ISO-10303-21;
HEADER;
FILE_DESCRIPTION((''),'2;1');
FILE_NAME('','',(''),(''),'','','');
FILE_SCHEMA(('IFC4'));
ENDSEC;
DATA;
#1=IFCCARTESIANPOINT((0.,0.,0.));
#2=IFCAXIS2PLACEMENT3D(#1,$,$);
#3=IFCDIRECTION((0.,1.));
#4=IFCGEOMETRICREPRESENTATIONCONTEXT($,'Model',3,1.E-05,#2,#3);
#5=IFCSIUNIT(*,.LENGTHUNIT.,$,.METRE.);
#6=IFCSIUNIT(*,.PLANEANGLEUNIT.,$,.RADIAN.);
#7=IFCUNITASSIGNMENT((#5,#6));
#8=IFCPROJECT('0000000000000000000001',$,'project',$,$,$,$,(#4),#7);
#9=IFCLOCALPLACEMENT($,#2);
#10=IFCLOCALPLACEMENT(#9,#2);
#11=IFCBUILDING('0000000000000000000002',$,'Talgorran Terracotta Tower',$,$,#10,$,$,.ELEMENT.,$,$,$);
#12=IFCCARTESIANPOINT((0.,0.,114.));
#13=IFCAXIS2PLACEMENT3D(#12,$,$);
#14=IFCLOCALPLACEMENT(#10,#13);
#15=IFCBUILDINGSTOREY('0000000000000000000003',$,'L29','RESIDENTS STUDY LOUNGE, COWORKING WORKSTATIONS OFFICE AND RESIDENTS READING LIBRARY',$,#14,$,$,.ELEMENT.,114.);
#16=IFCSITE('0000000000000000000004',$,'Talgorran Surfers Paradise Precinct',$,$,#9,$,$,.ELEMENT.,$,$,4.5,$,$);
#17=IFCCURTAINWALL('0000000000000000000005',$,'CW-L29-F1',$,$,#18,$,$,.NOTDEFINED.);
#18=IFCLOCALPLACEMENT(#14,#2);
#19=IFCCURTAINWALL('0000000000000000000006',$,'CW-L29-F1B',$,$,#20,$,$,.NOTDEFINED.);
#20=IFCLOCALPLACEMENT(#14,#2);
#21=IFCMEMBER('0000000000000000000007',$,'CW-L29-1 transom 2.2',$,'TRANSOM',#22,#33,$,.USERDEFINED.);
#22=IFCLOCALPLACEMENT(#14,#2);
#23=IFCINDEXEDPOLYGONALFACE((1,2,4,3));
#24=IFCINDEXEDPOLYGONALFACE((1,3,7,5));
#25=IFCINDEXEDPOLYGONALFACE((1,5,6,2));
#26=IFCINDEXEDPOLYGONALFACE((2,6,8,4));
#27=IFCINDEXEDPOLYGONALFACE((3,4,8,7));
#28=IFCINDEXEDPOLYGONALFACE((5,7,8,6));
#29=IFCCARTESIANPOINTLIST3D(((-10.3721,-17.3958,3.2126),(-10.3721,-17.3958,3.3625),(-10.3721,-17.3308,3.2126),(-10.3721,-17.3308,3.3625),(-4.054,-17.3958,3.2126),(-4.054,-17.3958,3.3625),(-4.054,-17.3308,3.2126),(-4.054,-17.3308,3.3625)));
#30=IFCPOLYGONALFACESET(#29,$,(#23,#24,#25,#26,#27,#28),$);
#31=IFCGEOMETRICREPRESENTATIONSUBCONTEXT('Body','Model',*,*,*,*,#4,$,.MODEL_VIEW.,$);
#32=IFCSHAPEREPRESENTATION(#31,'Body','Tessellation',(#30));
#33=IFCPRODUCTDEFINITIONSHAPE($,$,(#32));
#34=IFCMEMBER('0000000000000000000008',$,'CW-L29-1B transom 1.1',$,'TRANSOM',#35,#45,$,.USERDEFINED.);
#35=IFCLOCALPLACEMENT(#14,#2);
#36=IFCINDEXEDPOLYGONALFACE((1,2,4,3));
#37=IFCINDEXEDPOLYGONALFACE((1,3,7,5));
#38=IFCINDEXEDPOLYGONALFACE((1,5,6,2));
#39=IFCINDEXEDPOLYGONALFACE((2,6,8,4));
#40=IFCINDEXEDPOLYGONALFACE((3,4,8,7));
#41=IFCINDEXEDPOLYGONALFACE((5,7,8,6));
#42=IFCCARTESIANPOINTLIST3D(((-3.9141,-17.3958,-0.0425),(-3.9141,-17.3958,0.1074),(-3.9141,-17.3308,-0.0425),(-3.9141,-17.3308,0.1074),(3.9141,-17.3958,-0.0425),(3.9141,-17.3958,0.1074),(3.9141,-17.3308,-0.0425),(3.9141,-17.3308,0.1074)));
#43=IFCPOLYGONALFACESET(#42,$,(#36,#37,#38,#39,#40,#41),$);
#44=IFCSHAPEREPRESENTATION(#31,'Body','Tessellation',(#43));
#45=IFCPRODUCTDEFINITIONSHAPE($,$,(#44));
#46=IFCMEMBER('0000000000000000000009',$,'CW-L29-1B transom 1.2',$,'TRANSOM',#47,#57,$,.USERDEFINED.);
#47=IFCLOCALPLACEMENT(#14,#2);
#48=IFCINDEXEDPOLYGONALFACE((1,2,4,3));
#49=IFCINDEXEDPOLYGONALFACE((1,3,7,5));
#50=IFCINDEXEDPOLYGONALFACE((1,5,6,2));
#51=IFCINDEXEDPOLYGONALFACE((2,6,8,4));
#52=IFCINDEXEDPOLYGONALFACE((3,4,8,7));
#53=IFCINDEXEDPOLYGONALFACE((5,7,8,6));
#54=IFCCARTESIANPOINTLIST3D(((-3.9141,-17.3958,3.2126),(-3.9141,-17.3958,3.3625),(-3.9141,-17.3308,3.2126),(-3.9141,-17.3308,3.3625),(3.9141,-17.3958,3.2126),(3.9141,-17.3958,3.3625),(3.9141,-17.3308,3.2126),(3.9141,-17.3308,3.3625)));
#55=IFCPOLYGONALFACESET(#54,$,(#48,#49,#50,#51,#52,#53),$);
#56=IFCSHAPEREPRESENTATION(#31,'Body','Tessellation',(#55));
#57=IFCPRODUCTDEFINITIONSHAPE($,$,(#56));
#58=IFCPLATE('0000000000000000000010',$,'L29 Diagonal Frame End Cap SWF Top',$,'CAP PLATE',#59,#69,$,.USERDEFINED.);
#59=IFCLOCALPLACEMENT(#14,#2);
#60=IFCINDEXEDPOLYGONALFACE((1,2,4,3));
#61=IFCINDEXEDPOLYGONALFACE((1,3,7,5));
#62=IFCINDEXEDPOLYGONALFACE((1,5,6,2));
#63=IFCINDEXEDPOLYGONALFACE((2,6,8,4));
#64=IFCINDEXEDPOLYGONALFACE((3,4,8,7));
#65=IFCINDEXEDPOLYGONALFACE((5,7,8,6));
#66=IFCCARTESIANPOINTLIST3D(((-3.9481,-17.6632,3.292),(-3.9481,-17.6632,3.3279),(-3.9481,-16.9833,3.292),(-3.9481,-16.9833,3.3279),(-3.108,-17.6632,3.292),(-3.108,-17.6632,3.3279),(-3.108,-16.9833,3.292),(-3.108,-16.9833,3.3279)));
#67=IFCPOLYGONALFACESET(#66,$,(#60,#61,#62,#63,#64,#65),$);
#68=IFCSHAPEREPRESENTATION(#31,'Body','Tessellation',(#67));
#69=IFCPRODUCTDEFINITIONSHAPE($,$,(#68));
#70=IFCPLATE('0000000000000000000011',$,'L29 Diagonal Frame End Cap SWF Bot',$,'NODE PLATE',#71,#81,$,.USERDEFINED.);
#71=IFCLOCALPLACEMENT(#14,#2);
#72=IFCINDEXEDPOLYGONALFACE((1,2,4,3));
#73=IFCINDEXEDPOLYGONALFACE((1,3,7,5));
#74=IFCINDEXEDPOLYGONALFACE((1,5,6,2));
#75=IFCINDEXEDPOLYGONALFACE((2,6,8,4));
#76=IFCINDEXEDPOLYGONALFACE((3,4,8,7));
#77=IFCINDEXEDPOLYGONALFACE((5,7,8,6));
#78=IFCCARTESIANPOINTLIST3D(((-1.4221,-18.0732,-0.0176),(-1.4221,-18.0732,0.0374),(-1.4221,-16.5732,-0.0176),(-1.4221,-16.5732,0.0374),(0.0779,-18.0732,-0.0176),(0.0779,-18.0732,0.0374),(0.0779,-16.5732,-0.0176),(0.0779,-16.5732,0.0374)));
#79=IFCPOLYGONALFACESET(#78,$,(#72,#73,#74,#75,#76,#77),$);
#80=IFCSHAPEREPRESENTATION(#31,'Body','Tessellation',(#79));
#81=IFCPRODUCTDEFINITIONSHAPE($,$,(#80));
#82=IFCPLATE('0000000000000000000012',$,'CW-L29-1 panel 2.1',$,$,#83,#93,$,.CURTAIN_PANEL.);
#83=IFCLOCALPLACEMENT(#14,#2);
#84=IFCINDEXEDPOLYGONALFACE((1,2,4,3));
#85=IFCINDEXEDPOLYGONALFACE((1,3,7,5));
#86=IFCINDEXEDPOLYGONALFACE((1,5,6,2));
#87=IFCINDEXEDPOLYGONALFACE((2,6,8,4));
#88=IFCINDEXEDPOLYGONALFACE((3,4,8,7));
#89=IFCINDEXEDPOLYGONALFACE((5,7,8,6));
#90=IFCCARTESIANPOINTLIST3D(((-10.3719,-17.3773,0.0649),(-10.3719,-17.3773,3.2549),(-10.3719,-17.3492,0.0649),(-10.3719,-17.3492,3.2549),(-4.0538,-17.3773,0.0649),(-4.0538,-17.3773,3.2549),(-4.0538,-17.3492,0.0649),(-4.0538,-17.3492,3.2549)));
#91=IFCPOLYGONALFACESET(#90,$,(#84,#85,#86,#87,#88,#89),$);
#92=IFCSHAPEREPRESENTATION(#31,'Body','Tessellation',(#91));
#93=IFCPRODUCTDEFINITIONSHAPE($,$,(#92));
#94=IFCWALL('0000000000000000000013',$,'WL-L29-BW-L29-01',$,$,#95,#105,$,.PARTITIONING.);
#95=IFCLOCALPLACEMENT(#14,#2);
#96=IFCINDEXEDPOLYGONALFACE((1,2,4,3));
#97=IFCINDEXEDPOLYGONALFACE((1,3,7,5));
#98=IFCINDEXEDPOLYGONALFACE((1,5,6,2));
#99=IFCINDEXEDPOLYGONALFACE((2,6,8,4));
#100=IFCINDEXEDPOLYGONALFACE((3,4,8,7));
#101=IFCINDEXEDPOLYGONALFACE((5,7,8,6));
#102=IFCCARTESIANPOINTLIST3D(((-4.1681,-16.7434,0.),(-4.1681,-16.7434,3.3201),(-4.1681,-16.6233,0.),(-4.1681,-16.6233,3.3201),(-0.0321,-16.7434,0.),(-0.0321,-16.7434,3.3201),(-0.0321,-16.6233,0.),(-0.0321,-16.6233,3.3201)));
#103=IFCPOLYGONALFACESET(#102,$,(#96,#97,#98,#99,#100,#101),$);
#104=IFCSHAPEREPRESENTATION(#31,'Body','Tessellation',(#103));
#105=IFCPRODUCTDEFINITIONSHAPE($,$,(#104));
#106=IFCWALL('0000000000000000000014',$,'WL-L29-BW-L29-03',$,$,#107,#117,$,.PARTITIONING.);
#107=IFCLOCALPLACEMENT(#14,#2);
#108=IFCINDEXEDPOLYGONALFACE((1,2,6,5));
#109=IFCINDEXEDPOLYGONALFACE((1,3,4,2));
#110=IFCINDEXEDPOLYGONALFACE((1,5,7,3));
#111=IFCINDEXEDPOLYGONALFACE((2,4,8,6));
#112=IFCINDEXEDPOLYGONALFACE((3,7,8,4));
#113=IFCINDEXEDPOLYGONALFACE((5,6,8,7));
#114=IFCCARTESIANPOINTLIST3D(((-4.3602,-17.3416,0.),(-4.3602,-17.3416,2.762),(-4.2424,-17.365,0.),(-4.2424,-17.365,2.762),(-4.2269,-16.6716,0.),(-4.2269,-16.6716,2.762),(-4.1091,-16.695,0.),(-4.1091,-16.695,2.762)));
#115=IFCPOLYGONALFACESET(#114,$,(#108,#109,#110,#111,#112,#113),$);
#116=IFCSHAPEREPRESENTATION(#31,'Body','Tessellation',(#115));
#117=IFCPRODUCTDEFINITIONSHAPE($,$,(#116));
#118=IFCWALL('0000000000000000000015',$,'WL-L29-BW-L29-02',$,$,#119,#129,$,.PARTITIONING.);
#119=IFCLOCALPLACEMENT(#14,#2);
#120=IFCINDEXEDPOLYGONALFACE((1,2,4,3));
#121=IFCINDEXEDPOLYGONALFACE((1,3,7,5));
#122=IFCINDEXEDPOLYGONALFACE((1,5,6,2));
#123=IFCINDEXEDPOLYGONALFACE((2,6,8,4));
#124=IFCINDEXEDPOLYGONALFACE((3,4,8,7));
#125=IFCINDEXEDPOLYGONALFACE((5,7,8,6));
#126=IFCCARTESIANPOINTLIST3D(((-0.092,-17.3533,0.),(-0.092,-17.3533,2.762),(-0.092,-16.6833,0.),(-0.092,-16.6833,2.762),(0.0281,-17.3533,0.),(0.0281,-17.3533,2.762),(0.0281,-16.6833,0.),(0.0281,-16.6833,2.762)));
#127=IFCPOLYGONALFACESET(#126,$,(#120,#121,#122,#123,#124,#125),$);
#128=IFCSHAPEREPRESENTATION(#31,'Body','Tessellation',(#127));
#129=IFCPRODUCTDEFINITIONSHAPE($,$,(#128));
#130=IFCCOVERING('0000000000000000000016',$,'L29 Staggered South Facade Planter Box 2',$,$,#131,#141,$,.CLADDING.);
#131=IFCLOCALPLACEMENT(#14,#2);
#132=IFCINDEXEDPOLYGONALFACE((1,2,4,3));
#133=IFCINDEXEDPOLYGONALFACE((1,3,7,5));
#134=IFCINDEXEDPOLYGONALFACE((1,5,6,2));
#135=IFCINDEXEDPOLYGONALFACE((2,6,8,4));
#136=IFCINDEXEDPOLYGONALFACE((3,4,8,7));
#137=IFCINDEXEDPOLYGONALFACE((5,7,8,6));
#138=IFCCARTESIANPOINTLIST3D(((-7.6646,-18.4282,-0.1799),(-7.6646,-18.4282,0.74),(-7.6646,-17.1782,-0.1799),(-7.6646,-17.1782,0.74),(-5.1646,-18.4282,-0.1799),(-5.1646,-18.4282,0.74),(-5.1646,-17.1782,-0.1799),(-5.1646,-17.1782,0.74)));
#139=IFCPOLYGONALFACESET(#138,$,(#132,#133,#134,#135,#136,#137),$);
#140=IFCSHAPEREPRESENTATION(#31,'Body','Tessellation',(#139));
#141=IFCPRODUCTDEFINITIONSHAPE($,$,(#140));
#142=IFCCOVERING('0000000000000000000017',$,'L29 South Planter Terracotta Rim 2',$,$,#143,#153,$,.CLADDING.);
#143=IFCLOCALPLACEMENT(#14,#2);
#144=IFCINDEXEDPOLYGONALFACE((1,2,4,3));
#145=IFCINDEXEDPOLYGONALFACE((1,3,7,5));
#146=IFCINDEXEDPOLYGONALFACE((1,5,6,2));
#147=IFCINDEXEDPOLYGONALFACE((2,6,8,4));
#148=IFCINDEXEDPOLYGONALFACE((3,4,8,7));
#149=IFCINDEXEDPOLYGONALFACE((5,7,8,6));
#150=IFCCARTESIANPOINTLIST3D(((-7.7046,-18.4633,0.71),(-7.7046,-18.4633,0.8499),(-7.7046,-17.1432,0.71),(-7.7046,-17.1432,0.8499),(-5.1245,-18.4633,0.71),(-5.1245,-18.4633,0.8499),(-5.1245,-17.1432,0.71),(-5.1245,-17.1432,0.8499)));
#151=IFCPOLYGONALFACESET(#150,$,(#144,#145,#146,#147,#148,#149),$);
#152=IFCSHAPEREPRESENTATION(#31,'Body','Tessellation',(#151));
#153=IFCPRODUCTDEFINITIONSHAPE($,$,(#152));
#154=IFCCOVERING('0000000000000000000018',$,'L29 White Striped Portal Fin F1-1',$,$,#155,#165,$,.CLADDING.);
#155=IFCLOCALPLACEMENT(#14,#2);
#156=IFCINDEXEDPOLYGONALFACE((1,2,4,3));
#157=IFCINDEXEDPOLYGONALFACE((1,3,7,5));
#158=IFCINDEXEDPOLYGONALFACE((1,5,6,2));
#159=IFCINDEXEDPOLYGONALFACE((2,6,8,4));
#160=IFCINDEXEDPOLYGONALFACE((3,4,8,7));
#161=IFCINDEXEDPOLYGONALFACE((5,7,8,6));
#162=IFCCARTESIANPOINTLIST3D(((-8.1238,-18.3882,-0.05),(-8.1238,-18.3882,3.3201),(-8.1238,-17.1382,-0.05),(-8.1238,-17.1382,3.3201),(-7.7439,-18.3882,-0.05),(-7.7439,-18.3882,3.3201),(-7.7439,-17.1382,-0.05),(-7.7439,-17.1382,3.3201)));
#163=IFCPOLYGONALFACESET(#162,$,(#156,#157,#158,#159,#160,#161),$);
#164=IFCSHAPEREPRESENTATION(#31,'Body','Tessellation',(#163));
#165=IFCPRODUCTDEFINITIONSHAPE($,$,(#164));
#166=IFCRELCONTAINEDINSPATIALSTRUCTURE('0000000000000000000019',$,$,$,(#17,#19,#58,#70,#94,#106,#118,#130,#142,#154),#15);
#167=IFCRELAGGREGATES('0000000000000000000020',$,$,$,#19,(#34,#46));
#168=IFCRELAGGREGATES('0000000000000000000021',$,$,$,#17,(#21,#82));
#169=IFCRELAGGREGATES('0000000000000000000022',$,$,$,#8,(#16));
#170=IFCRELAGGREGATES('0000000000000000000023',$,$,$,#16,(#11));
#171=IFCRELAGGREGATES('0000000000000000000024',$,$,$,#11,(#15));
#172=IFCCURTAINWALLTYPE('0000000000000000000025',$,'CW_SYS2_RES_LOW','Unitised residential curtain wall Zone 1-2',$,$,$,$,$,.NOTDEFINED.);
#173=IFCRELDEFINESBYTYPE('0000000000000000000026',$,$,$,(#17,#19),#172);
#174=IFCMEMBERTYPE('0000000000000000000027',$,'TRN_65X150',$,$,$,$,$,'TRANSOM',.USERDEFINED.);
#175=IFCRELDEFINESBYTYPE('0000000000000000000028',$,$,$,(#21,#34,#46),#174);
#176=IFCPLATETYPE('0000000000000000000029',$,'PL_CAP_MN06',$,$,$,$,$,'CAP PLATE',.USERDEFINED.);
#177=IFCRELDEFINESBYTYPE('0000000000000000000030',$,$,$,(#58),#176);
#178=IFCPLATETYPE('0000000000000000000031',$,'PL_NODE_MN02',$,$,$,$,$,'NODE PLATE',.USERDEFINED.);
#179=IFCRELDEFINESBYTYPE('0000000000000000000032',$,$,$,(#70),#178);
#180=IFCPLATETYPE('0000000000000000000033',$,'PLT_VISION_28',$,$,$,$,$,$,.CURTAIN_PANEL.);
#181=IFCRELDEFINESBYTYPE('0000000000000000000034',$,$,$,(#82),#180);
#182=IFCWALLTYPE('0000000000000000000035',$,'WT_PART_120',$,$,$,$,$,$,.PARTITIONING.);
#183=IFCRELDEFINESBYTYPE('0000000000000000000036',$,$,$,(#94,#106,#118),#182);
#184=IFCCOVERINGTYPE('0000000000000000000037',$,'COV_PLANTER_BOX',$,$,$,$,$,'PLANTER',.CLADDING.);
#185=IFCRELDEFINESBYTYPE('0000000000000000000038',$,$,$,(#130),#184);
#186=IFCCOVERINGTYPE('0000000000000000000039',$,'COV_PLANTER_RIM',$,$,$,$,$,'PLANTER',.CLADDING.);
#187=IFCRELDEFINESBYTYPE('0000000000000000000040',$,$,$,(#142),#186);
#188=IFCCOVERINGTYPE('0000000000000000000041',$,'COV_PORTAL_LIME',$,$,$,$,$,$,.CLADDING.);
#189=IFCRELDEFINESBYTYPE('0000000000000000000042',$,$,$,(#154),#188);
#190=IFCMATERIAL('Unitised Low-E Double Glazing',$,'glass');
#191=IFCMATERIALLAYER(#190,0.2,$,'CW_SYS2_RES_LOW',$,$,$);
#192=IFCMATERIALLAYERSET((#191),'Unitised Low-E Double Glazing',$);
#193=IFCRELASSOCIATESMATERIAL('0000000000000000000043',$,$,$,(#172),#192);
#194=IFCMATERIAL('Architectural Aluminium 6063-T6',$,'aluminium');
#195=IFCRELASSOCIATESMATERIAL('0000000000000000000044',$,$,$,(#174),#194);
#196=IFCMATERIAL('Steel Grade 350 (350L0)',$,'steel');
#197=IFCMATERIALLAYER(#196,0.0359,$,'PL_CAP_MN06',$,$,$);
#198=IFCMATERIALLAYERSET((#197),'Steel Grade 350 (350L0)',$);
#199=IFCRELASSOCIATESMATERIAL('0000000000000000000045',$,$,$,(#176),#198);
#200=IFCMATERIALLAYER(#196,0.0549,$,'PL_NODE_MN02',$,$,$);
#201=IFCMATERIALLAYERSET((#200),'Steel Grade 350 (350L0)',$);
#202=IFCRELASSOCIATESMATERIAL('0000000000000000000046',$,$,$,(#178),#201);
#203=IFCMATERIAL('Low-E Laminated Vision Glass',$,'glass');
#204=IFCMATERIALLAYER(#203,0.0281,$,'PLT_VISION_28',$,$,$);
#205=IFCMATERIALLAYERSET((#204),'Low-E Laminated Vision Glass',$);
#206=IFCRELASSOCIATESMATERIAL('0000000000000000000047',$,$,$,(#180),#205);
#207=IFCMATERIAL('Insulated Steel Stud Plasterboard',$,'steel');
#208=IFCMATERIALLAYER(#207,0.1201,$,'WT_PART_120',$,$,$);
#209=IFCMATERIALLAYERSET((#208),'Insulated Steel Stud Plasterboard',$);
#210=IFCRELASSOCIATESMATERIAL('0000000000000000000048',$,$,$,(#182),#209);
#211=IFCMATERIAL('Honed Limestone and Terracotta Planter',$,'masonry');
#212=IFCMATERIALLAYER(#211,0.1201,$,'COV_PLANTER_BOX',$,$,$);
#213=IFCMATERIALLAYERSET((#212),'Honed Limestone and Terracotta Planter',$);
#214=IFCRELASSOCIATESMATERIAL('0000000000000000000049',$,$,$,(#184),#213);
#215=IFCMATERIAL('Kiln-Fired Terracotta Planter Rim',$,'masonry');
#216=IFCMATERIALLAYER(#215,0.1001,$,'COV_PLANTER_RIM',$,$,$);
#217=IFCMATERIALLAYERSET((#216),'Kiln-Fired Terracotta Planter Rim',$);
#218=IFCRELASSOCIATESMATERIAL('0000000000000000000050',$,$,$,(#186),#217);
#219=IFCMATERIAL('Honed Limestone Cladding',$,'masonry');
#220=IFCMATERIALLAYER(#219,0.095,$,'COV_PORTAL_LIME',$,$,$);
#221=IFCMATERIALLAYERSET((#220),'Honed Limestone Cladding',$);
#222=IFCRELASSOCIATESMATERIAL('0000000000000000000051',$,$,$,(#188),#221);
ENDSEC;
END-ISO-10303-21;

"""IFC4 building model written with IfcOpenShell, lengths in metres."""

from ifc_helpers import new_model, si_unit, direction, frame, frame_2d, origin, origin_2d, place, context, subcontext, project, spatial, rectangle, extrude, source, transform, mapped, material, layer, layer_set, material_profile, profile_set, type_object, type_shapes, element, aggregate, save


model = new_model("IFC4")

# Units and contexts
model_context = context("Model", 3, precision=1e-05, world=origin(), true_north=direction((0.0, 1.0)))
body_context = subcontext(model_context, "Body", "Model", "MODEL_VIEW")
ifc_project = project(units=[si_unit("LENGTHUNIT", "METRE"), si_unit("PLANEANGLEUNIT", "RADIAN")], contexts=[model_context])

# Site, building, storey
site_placement = place(None, origin())
site = spatial("IfcSite", under=ifc_project, at=site_placement, Name="Talgorran Surfers Paradise Precinct", CompositionType="ELEMENT", RefElevation=4.5)
building_placement = place(site_placement, origin())
building = spatial("IfcBuilding", under=site, at=building_placement, Name="Talgorran Terracotta Tower", CompositionType="ELEMENT")
storey_placement = place(building_placement, frame((0.0, 0.0, 114.0)))
storey = spatial("IfcBuildingStorey", under=building, at=storey_placement, Name="L29", Description="RESIDENTS STUDY LOUNGE, COWORKING WORKSTATIONS OFFICE AND RESIDENTS READING LIBRARY", CompositionType="ELEMENT", Elevation=114.0)

# Shared definitions
ifc_material_1 = material(Name="Steel Grade 350 (350L0)", Category="steel")

# Curtain wall
ifc_material_2 = material(Name="Unitised Low-E Double Glazing", Category="glass")
ifc_layer_1 = layer(ifc_material_2, 0.2, Name="CW_SYS2_RES_LOW")
ifc_layer_set_1 = layer_set([ifc_layer_1], Name="Unitised Low-E Double Glazing")
curtain_wall_type = type_object("IfcCurtainWallType", Name="CW_SYS2_RES_LOW", Description="Unitised residential curtain wall Zone 1-2", PredefinedType="NOTDEFINED", material=ifc_layer_set_1)
curtain_wall_1_placement = place(storey_placement, origin())
curtain_wall_1 = element("IfcCurtainWall", 1, at=curtain_wall_1_placement, inside=storey, type_object=curtain_wall_type, Name="CW-L29-F1", PredefinedType="NOTDEFINED")
ifc_material_3 = material(Name="Architectural Aluminium 6063-T6", Category="aluminium")

# Curtain wall
curtain_wall_2_placement = place(storey_placement, origin())
curtain_wall_2 = element("IfcCurtainWall", 2, at=curtain_wall_2_placement, inside=storey, type_object=curtain_wall_type, Name="CW-L29-F1B", PredefinedType="NOTDEFINED")

# Members
ifc_material_profile_1 = material_profile(ifc_material_3, rectangle(XDim=0.0649, YDim=0.1499, at=origin_2d()), Name="CWT65X150")
ifc_profile_set_1 = profile_set([ifc_material_profile_1], Name="Architectural Aluminium 6063-T6")
member_type_1 = type_object("IfcMemberType", Name="TRN_65X150", ElementType="TRANSOM", PredefinedType="USERDEFINED", material=ifc_profile_set_1)
member_1_placement = place(storey_placement, frame((-10.3721, -17.3633, 3.2876), z_axis=(1.0, 0.0, 0.0), x_axis=(0.0, 1.0, 0.0)))
member_1 = element("IfcMember", 3, at=member_1_placement, type_object=member_type_1, Name="CW-L29-1 transom 2.2", ObjectType="TRANSOM", PredefinedType="USERDEFINED", context=body_context, shape_type="SweptSolid", body=[
    extrude(rectangle(XDim=0.0649, YDim=0.1499, at=origin_2d()), origin(), (0.0, 0.0, 1.0), 6.3181),
])
member_2_placement = place(storey_placement, frame((-3.9141, -17.3633, 0.0325), z_axis=(1.0, 0.0, 0.0), x_axis=(0.0, 1.0, 0.0)))
member_2 = element("IfcMember", 4, at=member_2_placement, type_object=member_type_1, Name="CW-L29-1B transom 1.1", ObjectType="TRANSOM", PredefinedType="USERDEFINED", context=body_context, shape_type="SweptSolid", body=[
    extrude(rectangle(XDim=0.0649, YDim=0.1499, at=origin_2d()), origin(), (0.0, 0.0, 1.0), 7.8281),
])
member_3_placement = place(storey_placement, frame((-3.9141, -17.3633, 3.2876), z_axis=(1.0, 0.0, 0.0), x_axis=(0.0, 1.0, 0.0)))
member_3 = element("IfcMember", 5, at=member_3_placement, type_object=member_type_1, Name="CW-L29-1B transom 1.2", ObjectType="TRANSOM", PredefinedType="USERDEFINED", context=body_context, shape_type="SweptSolid", body=[
    extrude(rectangle(XDim=0.0649, YDim=0.1499, at=origin_2d()), origin(), (0.0, 0.0, 1.0), 7.8281),
])
aggregate(curtain_wall_2, [member_2, member_3])

# Plates
ifc_layer_2 = layer(ifc_material_1, 0.0359, Name="PL_CAP_MN06")
ifc_layer_set_2 = layer_set([ifc_layer_2], Name="Steel Grade 350 (350L0)")
plate_type_1 = type_object("IfcPlateType", Name="PL_CAP_MN06", ElementType="CAP PLATE", PredefinedType="USERDEFINED", material=ifc_layer_set_2)
plate_1_placement = place(storey_placement, frame((-3.5281, -17.3232, 3.292), z_axis=(0.0, 0.0, 1.0), x_axis=(-1.0, 0.0, 0.0)))
element("IfcPlate", 6, at=plate_1_placement, inside=storey, type_object=plate_type_1, Name="L29 Diagonal Frame End Cap SWF Top", ObjectType="CAP PLATE", PredefinedType="USERDEFINED", context=body_context, shape_type="SweptSolid", body=[
    extrude(rectangle(XDim=0.8401, YDim=0.6799, at=origin_2d()), origin(), (0.0, 0.0, 1.0), 0.0359),
])
ifc_layer_3 = layer(ifc_material_1, 0.0549, Name="PL_NODE_MN02")
ifc_layer_set_3 = layer_set([ifc_layer_3], Name="Steel Grade 350 (350L0)")
plate_type_2 = type_object("IfcPlateType", Name="PL_NODE_MN02", ElementType="NODE PLATE", PredefinedType="USERDEFINED", material=ifc_layer_set_3)
plate_2_placement = place(storey_placement, frame((-0.6721, -17.3232, -0.0176), z_axis=(0.0, 0.0, 1.0), x_axis=(-1.0, 0.0, 0.0)))
element("IfcPlate", 7, at=plate_2_placement, inside=storey, type_object=plate_type_2, Name="L29 Diagonal Frame End Cap SWF Bot", ObjectType="NODE PLATE", PredefinedType="USERDEFINED", context=body_context, shape_type="SweptSolid", body=[
    extrude(rectangle(XDim=1.5, YDim=1.5, at=origin_2d()), origin(), (0.0, 0.0, 1.0), 0.0549),
])

# Plate
ifc_material_4 = material(Name="Low-E Laminated Vision Glass", Category="glass")
ifc_layer_4 = layer(ifc_material_4, 0.0281, Name="PLT_VISION_28")
ifc_layer_set_4 = layer_set([ifc_layer_4], Name="Low-E Laminated Vision Glass")
plate_type_3 = type_object("IfcPlateType", Name="PLT_VISION_28", PredefinedType="CURTAIN_PANEL", material=ifc_layer_set_4)
shared_shape = source(origin(), body_context, "Body", "SweptSolid", [
    extrude(rectangle(XDim=6.3181, YDim=0.0281, at=origin_2d()), origin(), (0.0, 0.0, 1.0), 3.1899),
])
type_shapes(plate_type_3, [shared_shape])
plate_3_placement = place(storey_placement, frame((-7.2129, -17.3633, 0.0649), z_axis=(0.0, 0.0, 1.0), x_axis=(1.0, 0.0, 0.0)))
plate_3 = element("IfcPlate", 8, at=plate_3_placement, type_object=plate_type_3, Name="CW-L29-1 panel 2.1", PredefinedType="CURTAIN_PANEL", context=body_context, shape_type="MappedRepresentation", body=[
    mapped(shared_shape, transform((0.0, 0.0, 0.0), scale=1.0)),
])
aggregate(curtain_wall_1, [member_1, plate_3])

# Walls
ifc_material_5 = material(Name="Insulated Steel Stud Plasterboard", Category="steel")
ifc_layer_5 = layer(ifc_material_5, 0.1201, Name="WT_PART_120")
ifc_layer_set_5 = layer_set([ifc_layer_5], Name="Insulated Steel Stud Plasterboard")
wall_type = type_object("IfcWallType", Name="WT_PART_120", PredefinedType="PARTITIONING", material=ifc_layer_set_5)
wall_1_placement = place(storey_placement, frame((-4.168, -16.6833, 0.0), z_axis=(0.0, 0.0, 1.0), x_axis=(1.0, 0.0, 0.0)))
element("IfcWall", 9, at=wall_1_placement, inside=storey, type_object=wall_type, Name="WL-L29-BW-L29-01", PredefinedType="PARTITIONING", context=body_context, shape_type="SweptSolid", body=[
    extrude(rectangle(XDim=4.136, YDim=0.1201, at=frame_2d((2.0679, 0.0))), origin(), (0.0, 0.0, 1.0), 3.3201),
])
wall_2_placement = place(storey_placement, frame((-4.3013, -17.3533, 0.0), z_axis=(0.0, 0.0, 1.0), x_axis=(0.195154, 0.980773, 0.0)))
element("IfcWall", 10, at=wall_2_placement, inside=storey, type_object=wall_type, Name="WL-L29-BW-L29-03", PredefinedType="PARTITIONING", context=body_context, shape_type="SweptSolid", body=[
    extrude(rectangle(XDim=0.6831, YDim=0.1201, at=frame_2d((0.3416, 0.0))), origin(), (0.0, 0.0, 1.0), 2.762),
])
wall_3_placement = place(storey_placement, frame((-0.032, -16.6833, 0.0), z_axis=(0.0, 0.0, 1.0), x_axis=(0.0, -1.0, 0.0)))
element("IfcWall", 11, at=wall_3_placement, inside=storey, type_object=wall_type, Name="WL-L29-BW-L29-02", PredefinedType="PARTITIONING", context=body_context, shape_type="SweptSolid", body=[
    extrude(rectangle(XDim=0.6699, YDim=0.1201, at=frame_2d((0.335, 0.0))), origin(), (0.0, 0.0, 1.0), 2.762),
])

# Coverings
ifc_material_6 = material(Name="Honed Limestone and Terracotta Planter", Category="masonry")
ifc_layer_6 = layer(ifc_material_6, 0.1201, Name="COV_PLANTER_BOX")
ifc_layer_set_6 = layer_set([ifc_layer_6], Name="Honed Limestone and Terracotta Planter")
covering_type_1 = type_object("IfcCoveringType", Name="COV_PLANTER_BOX", ElementType="PLANTER", PredefinedType="CLADDING", material=ifc_layer_set_6)
covering_1_placement = place(storey_placement, frame((-6.4146, -17.8032, -0.1799), z_axis=(0.0, 0.0, 1.0), x_axis=(1.0, 0.0, 0.0)))
element("IfcCovering", 12, at=covering_1_placement, inside=storey, type_object=covering_type_1, Name="L29 Staggered South Facade Planter Box 2", PredefinedType="CLADDING", context=body_context, shape_type="SweptSolid", body=[
    extrude(rectangle(XDim=2.5, YDim=1.25, at=origin_2d()), origin(), (0.0, 0.0, 1.0), 0.9199),
])
ifc_material_7 = material(Name="Kiln-Fired Terracotta Planter Rim", Category="masonry")
ifc_layer_7 = layer(ifc_material_7, 0.1001, Name="COV_PLANTER_RIM")
ifc_layer_set_7 = layer_set([ifc_layer_7], Name="Kiln-Fired Terracotta Planter Rim")
covering_type_2 = type_object("IfcCoveringType", Name="COV_PLANTER_RIM", ElementType="PLANTER", PredefinedType="CLADDING", material=ifc_layer_set_7)
covering_2_placement = place(storey_placement, frame((-6.4146, -17.8032, 0.71), z_axis=(0.0, 0.0, 1.0), x_axis=(1.0, 0.0, 0.0)))
element("IfcCovering", 13, at=covering_2_placement, inside=storey, type_object=covering_type_2, Name="L29 South Planter Terracotta Rim 2", PredefinedType="CLADDING", context=body_context, shape_type="SweptSolid", body=[
    extrude(rectangle(XDim=2.5801, YDim=1.3201, at=origin_2d()), origin(), (0.0, 0.0, 1.0), 0.1399),
])
ifc_material_8 = material(Name="Honed Limestone Cladding", Category="masonry")
ifc_layer_8 = layer(ifc_material_8, 0.095, Name="COV_PORTAL_LIME")
ifc_layer_set_8 = layer_set([ifc_layer_8], Name="Honed Limestone Cladding")
covering_type_3 = type_object("IfcCoveringType", Name="COV_PORTAL_LIME", PredefinedType="CLADDING", material=ifc_layer_set_8)
covering_3_placement = place(storey_placement, frame((-7.9338, -17.7632, -0.05), z_axis=(0.0, 0.0, 1.0), x_axis=(1.0, 0.0, 0.0)))
element("IfcCovering", 14, at=covering_3_placement, inside=storey, type_object=covering_type_3, Name="L29 White Striped Portal Fin F1-1", PredefinedType="CLADDING", context=body_context, shape_type="SweptSolid", body=[
    extrude(rectangle(XDim=0.3799, YDim=1.25, at=origin_2d()), origin(), (0.0, 0.0, 1.0), 3.3701),
])

save(model, "model.ifc")
